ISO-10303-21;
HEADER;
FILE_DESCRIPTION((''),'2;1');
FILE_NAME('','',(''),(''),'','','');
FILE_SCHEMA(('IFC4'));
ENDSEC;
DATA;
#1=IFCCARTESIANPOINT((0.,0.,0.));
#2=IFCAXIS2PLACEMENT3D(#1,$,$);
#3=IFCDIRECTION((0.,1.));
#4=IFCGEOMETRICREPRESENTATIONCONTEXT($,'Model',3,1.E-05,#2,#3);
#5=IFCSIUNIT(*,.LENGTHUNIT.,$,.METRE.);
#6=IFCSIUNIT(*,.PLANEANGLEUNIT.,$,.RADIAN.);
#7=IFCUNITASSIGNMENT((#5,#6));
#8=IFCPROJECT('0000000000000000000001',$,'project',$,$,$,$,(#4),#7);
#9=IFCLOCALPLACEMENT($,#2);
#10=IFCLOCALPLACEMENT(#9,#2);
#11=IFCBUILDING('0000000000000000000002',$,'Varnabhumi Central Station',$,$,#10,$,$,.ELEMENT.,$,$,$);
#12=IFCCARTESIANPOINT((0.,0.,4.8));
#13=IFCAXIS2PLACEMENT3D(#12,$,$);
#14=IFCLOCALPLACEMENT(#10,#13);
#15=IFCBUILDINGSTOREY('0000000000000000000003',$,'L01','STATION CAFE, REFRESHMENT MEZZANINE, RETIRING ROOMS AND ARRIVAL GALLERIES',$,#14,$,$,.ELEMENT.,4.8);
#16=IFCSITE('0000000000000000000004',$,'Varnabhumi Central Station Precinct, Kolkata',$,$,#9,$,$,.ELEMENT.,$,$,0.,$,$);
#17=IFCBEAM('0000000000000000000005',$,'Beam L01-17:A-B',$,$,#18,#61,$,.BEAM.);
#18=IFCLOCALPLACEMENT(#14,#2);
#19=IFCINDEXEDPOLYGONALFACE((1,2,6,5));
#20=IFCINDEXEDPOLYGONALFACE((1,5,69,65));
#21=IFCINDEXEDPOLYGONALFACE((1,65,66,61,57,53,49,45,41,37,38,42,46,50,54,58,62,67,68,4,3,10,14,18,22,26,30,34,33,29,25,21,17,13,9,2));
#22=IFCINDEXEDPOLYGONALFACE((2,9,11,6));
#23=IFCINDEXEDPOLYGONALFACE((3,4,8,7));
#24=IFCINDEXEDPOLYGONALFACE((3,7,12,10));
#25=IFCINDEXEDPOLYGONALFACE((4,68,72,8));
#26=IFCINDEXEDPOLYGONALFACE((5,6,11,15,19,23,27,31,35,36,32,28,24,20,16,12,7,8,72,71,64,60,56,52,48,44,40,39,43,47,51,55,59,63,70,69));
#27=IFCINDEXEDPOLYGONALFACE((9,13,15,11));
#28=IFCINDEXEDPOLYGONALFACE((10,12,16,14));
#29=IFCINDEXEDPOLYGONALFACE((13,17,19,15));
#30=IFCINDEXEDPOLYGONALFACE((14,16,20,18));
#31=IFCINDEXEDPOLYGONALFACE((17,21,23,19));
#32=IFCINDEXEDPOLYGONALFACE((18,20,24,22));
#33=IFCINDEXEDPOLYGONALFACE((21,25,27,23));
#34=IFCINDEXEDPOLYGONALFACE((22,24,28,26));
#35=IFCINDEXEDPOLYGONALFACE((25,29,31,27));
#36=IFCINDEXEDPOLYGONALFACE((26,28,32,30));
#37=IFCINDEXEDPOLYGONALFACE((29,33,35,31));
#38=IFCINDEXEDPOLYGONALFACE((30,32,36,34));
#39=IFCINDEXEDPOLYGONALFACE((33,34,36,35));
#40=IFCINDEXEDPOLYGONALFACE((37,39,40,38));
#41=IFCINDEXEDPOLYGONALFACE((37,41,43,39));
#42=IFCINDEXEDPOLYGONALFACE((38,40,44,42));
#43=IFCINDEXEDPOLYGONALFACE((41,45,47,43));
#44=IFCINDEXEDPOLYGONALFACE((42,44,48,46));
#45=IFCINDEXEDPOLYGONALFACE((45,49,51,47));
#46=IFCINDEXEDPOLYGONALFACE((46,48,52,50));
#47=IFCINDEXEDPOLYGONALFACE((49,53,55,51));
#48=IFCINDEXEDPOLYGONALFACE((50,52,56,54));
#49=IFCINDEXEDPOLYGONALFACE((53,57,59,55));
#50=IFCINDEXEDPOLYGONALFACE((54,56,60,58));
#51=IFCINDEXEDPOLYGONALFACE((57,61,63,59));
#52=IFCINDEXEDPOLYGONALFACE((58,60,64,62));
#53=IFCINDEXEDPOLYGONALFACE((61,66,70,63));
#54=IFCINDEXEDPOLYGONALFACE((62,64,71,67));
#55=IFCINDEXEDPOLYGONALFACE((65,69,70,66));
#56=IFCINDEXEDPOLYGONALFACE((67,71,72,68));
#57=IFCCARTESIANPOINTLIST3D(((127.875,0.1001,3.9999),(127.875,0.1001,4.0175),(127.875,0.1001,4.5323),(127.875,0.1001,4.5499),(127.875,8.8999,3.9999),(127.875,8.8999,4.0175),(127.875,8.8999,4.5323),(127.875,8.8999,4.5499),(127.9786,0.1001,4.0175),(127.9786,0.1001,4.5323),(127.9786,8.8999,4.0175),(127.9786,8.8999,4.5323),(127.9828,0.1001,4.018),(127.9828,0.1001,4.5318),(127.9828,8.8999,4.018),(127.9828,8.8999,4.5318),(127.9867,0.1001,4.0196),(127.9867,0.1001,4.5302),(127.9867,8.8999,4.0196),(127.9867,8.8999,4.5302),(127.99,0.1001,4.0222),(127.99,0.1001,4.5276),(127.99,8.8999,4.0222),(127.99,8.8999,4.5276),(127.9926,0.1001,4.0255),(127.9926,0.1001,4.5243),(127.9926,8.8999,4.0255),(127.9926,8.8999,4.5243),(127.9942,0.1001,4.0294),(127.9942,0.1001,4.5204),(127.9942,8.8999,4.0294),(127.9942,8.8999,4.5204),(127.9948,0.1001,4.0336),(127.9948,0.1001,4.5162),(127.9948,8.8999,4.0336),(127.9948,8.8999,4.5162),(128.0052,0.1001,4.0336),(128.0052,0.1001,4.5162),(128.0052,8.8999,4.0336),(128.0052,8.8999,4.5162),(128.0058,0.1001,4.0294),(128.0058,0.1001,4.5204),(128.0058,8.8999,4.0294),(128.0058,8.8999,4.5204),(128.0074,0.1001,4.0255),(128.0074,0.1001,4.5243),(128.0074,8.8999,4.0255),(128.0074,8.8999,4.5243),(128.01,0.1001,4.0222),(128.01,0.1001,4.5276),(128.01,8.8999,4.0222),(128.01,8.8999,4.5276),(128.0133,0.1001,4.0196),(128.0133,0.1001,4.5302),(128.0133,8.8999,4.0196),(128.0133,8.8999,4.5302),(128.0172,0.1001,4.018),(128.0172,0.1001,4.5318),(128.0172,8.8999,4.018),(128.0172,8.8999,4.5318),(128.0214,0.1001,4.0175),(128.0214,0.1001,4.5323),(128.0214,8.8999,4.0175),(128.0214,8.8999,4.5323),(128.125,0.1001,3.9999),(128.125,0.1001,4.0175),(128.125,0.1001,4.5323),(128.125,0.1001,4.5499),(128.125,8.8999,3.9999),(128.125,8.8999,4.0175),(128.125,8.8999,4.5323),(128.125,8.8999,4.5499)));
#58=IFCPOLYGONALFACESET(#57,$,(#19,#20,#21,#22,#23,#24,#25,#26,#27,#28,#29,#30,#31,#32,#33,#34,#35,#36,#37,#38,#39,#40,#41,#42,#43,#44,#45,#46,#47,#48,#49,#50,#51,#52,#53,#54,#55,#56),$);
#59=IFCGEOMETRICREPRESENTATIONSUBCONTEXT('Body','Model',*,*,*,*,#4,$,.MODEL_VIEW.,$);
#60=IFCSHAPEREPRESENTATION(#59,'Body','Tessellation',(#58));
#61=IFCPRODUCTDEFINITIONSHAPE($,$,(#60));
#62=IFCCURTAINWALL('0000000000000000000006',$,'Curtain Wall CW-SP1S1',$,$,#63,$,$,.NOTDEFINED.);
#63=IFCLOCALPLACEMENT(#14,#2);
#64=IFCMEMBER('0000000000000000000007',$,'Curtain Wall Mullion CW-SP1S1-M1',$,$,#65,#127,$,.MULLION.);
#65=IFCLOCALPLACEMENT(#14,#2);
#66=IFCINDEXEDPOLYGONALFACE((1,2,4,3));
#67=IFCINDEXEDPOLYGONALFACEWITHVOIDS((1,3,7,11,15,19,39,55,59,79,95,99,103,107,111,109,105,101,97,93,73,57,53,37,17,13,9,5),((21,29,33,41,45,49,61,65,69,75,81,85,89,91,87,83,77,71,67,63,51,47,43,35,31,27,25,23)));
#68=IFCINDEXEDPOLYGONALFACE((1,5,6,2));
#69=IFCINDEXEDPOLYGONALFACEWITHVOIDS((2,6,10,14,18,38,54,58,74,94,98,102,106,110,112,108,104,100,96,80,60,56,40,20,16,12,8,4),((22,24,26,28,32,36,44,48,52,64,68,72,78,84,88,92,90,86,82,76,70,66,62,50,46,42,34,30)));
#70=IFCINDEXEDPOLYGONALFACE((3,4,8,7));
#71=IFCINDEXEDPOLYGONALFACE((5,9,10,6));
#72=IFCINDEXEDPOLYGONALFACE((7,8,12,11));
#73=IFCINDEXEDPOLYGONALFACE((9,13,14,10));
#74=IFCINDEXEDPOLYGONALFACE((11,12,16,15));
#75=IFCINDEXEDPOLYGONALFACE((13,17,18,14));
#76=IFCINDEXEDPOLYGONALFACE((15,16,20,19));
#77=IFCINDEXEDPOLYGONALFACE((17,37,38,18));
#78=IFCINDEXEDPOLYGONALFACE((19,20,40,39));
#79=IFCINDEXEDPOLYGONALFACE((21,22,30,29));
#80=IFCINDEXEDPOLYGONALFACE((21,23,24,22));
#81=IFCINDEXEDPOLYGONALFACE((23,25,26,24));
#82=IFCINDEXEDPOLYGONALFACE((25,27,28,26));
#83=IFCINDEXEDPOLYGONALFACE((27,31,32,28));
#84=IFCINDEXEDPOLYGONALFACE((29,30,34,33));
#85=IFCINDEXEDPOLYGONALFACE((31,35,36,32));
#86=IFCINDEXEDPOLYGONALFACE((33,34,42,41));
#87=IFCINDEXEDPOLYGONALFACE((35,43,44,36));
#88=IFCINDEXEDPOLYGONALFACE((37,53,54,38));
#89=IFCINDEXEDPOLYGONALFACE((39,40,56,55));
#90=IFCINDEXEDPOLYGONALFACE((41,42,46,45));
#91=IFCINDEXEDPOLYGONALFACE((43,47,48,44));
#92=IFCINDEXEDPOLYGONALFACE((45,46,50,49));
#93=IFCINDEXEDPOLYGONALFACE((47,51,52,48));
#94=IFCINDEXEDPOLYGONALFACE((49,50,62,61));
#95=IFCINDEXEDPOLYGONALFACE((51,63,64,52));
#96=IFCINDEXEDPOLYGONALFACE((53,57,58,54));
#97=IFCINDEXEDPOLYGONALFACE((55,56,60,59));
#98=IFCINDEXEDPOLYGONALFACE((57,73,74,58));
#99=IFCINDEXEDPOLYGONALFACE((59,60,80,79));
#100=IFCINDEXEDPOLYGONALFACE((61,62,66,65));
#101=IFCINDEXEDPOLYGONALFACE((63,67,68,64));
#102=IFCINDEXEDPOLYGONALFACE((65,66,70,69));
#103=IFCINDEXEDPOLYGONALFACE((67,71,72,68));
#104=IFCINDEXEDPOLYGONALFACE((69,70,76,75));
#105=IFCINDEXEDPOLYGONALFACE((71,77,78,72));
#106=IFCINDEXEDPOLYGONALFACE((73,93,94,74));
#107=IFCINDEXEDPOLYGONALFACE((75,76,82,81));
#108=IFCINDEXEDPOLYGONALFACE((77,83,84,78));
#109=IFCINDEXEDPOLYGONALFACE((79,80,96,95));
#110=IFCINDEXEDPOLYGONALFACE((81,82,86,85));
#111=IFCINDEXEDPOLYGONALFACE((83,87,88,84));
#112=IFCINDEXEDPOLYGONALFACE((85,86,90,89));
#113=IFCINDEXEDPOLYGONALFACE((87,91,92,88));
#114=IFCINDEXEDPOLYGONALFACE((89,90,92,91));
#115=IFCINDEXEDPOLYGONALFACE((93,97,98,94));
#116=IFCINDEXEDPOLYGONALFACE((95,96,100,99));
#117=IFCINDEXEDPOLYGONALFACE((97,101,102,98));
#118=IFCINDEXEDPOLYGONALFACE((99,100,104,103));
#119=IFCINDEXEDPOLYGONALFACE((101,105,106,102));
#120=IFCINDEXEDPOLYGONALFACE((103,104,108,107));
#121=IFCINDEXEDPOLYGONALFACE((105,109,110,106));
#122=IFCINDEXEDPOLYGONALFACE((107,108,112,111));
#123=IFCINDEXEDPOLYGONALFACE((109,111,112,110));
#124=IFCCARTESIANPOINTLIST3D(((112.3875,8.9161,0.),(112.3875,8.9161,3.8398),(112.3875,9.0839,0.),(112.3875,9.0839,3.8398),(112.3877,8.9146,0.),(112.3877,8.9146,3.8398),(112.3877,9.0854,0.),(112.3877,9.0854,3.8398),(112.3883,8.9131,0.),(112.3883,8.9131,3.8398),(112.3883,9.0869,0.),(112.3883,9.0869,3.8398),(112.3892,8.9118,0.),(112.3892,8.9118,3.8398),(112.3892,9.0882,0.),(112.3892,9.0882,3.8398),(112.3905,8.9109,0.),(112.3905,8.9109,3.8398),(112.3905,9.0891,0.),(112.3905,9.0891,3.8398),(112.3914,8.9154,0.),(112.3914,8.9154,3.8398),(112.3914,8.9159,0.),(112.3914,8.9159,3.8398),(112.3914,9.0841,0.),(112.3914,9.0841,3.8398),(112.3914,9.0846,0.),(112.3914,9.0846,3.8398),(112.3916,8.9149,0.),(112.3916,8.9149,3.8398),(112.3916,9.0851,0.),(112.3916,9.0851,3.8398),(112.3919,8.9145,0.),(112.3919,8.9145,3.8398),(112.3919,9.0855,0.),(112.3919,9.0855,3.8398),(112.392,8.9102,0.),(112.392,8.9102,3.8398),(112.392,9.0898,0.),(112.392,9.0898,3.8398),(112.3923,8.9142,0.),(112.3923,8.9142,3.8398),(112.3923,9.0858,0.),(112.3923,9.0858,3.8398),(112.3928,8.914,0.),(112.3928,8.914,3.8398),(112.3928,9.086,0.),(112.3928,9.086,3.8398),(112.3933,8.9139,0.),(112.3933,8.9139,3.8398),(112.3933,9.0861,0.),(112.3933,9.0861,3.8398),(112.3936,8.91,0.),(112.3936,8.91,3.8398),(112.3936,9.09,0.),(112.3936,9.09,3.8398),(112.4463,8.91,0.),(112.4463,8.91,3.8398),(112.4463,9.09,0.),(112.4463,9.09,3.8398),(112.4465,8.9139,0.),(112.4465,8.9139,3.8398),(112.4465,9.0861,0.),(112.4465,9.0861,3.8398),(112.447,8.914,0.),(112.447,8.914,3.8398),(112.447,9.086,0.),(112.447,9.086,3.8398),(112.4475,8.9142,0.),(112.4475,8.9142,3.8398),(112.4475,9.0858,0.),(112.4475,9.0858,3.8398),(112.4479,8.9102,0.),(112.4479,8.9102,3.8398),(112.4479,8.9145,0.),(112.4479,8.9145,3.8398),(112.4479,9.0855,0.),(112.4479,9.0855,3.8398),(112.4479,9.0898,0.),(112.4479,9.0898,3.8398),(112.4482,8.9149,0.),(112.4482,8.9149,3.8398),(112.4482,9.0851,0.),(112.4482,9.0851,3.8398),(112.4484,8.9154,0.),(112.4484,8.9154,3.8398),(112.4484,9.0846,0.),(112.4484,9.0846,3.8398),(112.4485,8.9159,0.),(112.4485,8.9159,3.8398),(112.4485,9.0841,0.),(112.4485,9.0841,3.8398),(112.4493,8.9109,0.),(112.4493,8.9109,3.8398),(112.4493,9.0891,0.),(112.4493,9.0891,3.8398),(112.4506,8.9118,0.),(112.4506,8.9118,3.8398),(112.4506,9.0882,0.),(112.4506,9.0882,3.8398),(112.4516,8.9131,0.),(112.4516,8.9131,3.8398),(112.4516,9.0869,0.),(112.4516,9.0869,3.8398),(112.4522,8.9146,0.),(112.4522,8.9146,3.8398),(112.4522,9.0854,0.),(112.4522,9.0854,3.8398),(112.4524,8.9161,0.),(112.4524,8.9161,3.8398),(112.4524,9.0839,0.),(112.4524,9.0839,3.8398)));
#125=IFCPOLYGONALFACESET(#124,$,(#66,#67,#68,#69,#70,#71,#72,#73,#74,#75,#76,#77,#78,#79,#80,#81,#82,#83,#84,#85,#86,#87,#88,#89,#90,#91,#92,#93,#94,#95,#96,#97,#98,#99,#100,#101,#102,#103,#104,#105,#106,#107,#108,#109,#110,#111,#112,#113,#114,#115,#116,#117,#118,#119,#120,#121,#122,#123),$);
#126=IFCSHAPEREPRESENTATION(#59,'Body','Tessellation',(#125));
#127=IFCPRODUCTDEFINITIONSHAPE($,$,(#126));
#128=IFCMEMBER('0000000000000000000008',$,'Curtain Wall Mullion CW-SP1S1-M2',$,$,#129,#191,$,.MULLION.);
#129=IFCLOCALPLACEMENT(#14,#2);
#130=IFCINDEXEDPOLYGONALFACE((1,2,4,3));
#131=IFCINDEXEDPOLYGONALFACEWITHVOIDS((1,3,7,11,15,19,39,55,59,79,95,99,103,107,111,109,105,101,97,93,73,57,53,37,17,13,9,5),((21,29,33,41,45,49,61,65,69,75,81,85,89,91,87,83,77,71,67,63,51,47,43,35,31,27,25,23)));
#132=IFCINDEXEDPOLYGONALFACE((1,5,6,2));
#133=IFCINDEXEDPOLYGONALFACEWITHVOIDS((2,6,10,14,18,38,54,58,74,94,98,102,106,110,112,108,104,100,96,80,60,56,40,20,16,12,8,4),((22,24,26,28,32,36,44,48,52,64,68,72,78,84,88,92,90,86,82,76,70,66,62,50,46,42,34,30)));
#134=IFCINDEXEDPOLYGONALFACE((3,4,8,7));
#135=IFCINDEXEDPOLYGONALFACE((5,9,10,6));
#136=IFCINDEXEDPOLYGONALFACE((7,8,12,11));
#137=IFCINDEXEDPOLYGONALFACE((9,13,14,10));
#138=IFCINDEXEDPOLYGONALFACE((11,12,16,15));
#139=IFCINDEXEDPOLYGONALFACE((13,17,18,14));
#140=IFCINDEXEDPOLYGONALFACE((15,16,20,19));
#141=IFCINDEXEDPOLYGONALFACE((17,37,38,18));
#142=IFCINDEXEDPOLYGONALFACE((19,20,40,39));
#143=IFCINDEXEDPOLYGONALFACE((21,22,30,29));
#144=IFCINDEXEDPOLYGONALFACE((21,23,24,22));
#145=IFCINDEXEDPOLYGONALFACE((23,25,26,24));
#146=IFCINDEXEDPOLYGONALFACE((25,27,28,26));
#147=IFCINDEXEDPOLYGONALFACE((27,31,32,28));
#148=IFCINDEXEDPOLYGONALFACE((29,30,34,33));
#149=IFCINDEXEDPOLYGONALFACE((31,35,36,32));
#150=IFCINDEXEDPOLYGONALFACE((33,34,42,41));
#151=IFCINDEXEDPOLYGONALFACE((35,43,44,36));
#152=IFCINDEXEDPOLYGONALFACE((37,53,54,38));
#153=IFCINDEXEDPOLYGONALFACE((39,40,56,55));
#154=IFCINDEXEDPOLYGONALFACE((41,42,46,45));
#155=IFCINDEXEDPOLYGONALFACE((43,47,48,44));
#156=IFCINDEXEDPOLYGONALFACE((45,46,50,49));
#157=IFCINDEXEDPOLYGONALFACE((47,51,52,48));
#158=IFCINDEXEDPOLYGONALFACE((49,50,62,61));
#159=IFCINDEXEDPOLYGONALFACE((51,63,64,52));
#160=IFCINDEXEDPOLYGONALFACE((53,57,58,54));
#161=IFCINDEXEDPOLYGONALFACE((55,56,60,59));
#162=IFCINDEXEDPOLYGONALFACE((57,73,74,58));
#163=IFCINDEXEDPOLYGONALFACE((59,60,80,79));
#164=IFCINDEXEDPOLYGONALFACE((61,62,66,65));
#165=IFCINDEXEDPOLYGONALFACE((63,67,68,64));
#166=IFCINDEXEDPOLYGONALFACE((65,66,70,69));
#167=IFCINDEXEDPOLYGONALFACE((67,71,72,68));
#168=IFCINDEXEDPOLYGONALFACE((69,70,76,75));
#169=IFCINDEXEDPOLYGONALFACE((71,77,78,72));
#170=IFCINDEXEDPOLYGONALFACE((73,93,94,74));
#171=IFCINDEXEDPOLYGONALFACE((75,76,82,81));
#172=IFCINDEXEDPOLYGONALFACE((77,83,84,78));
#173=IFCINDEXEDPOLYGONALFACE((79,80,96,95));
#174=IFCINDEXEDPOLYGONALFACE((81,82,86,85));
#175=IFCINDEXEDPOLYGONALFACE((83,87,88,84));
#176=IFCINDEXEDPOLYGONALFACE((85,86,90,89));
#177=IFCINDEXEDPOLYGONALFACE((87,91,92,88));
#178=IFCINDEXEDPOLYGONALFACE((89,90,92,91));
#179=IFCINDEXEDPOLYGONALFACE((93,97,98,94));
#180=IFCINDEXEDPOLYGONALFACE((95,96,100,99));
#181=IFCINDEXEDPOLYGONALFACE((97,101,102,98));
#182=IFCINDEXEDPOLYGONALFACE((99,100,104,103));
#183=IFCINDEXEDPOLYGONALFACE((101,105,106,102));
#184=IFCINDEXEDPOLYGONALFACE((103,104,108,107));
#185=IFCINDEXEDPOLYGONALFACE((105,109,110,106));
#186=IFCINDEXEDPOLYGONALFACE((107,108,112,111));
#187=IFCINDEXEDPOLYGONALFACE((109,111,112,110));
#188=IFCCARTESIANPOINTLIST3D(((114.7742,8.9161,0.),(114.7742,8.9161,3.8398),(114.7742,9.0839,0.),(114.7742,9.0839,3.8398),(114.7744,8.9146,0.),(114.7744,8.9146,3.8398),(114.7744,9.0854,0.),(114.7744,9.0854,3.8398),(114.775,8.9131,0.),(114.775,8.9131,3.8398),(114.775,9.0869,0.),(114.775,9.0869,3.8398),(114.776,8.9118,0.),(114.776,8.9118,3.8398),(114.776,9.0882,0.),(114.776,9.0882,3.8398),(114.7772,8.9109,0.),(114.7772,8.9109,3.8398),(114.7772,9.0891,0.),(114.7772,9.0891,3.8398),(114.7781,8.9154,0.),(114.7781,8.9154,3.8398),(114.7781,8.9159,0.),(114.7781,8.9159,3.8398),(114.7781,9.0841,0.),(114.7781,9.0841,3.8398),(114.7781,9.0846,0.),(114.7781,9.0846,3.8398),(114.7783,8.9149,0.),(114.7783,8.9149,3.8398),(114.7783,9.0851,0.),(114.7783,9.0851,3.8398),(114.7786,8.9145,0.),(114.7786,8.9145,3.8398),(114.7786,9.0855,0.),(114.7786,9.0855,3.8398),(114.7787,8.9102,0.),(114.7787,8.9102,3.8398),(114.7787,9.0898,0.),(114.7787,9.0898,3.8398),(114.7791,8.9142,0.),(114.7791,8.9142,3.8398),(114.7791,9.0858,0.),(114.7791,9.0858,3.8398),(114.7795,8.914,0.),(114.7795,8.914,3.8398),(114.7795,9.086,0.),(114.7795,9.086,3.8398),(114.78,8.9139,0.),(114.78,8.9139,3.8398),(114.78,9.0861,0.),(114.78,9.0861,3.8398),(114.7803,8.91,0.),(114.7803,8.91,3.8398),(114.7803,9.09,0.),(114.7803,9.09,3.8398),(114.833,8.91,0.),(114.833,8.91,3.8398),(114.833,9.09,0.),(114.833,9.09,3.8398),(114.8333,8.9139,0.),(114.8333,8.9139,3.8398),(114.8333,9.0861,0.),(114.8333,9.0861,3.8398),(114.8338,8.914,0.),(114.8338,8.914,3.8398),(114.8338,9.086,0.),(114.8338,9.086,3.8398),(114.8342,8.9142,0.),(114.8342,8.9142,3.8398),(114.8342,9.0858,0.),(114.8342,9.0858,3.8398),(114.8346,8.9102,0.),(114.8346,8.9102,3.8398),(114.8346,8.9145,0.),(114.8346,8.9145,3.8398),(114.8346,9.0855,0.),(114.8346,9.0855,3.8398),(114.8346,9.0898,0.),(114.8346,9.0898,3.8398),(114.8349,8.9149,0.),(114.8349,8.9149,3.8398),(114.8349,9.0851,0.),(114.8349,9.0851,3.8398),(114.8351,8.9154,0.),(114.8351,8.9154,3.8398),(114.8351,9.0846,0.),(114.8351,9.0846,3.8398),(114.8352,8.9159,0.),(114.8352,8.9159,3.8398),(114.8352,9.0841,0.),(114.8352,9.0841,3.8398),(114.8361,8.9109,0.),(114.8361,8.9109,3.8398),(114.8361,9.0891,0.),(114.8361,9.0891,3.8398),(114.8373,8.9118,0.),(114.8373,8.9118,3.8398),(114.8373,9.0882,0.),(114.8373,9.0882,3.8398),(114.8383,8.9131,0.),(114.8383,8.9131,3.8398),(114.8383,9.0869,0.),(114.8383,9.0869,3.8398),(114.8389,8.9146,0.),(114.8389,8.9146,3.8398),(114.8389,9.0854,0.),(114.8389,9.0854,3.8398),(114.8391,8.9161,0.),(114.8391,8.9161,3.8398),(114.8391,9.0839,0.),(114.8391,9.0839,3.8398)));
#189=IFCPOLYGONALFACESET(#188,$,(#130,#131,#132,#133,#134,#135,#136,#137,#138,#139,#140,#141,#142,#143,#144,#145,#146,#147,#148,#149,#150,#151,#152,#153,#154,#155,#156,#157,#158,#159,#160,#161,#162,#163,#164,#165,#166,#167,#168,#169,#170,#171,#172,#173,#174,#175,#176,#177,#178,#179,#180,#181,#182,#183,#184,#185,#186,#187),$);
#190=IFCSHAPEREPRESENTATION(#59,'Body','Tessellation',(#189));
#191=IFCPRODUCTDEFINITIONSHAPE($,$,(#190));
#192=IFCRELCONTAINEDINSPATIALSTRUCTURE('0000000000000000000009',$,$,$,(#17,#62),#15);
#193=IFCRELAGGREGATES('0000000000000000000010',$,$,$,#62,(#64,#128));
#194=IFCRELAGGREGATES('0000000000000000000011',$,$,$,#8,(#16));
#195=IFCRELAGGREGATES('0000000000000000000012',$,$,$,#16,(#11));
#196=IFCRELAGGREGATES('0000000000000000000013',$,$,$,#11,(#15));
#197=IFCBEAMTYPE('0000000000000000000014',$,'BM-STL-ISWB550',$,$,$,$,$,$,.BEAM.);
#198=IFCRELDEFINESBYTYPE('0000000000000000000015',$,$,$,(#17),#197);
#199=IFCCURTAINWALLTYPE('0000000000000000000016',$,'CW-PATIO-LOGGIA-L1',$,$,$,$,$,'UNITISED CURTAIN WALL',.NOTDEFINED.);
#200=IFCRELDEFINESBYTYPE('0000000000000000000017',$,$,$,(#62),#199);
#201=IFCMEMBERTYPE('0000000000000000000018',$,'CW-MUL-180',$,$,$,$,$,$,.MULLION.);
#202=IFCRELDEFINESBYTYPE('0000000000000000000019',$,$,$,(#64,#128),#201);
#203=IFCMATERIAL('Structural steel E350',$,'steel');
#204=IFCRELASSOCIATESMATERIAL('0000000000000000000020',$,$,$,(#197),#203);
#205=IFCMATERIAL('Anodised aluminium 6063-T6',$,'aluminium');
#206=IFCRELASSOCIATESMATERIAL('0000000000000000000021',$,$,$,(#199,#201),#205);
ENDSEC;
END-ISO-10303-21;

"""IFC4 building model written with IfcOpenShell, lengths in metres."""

from ifc_helpers import new_model, si_unit, direction, frame, origin, origin_2d, place, context, subcontext, project, spatial, hollow_rectangle, i_section, extrude, material, material_profile, profile_set, type_object, element, aggregate, save


model = new_model("IFC4")

# Units and contexts
model_context = context("Model", 3, precision=1e-05, world=origin(), true_north=direction((0.0, 1.0)))
body_context = subcontext(model_context, "Body", "Model", "MODEL_VIEW")
ifc_project = project(units=[si_unit("LENGTHUNIT", "METRE"), si_unit("PLANEANGLEUNIT", "RADIAN")], contexts=[model_context])

# Site, building, storey
site_placement = place(None, origin())
site = spatial("IfcSite", under=ifc_project, at=site_placement, Name="Varnabhumi Central Station Precinct, Kolkata", CompositionType="ELEMENT", RefElevation=0.0)
building_placement = place(site_placement, origin())
building = spatial("IfcBuilding", under=site, at=building_placement, Name="Varnabhumi Central Station", CompositionType="ELEMENT")
storey_placement = place(building_placement, frame((0.0, 0.0, 4.8)))
storey = spatial("IfcBuildingStorey", under=building, at=storey_placement, Name="L01", Description="STATION CAFE, REFRESHMENT MEZZANINE, RETIRING ROOMS AND ARRIVAL GALLERIES", CompositionType="ELEMENT", Elevation=4.8)

# Beam
ifc_material_1 = material(Name="Structural steel E350", Category="steel")
ifc_material_profile_1 = material_profile(ifc_material_1, i_section(OverallWidth=0.25, OverallDepth=0.55, WebThickness=0.0105, FlangeThickness=0.0176, FilletRadius=0.0161, at=origin_2d()), Name="Structural steel E350", Category="steel")
ifc_profile_set_1 = profile_set([ifc_material_profile_1], Name="Structural steel E350")
beam_type_1 = type_object("IfcBeamType", Name="BM-STL-ISWB550", PredefinedType="BEAM", material=ifc_profile_set_1)
for number, where, z_axis, x_axis, name in (
    (1, (128.0, 0.1001, 4.2749), (0.0, 1.0, 0.0), (-1.0, 0.0, 0.0), "Beam L01-17:A-B"),
):
    element("IfcBeam", number, at=place(storey_placement, frame(where, z_axis=z_axis, x_axis=x_axis)), inside=storey, type_object=beam_type_1, Name=name, PredefinedType="BEAM", context=body_context, shape_type="SweptSolid", body=[
        extrude(i_section(OverallWidth=0.25, OverallDepth=0.55, WebThickness=0.0105, FlangeThickness=0.0176, FilletRadius=0.0161, at=origin_2d()), origin(), (0.0, 0.0, 1.0), 8.7998),
    ])

# Curtain wall, members
ifc_material_2 = material(Name="Anodised aluminium 6063-T6", Category="aluminium")
curtain_wall_type = type_object("IfcCurtainWallType", Name="CW-PATIO-LOGGIA-L1", ElementType="UNITISED CURTAIN WALL", PredefinedType="NOTDEFINED", material=ifc_material_2)
curtain_wall_placement = place(storey_placement, origin())
curtain_wall = element("IfcCurtainWall", 2, at=curtain_wall_placement, inside=storey, type_object=curtain_wall_type, Name="Curtain Wall CW-SP1S1", PredefinedType="NOTDEFINED")
ifc_material_profile_2 = material_profile(ifc_material_2, hollow_rectangle(XDim=0.0649, YDim=0.1799, WallThickness=0.0039, InnerFilletRadius=0.002, OuterFilletRadius=0.0061, at=origin_2d()), Name="Anodised aluminium 6063-T6", Category="aluminium")
ifc_profile_set_2 = profile_set([ifc_material_profile_2], Name="Anodised aluminium 6063-T6")
member_type_1 = type_object("IfcMemberType", Name="CW-MUL-180", PredefinedType="MULLION", material=ifc_profile_set_2)
member_1_placement = place(storey_placement, frame((112.4199, 9.0, 0.0), z_axis=(0.0, 0.0, 1.0), x_axis=(1.0, 0.0, 0.0)))
member_1 = element("IfcMember", 3, at=member_1_placement, type_object=member_type_1, Name="Curtain Wall Mullion CW-SP1S1-M1", PredefinedType="MULLION", context=body_context, shape_type="SweptSolid", body=[
    extrude(hollow_rectangle(XDim=0.0649, YDim=0.1799, WallThickness=0.0039, InnerFilletRadius=0.002, OuterFilletRadius=0.0061, at=origin_2d()), origin(), (0.0, 0.0, 1.0), 3.8398),
])
member_2_placement = place(storey_placement, frame((114.8066, 9.0, 0.0), z_axis=(0.0, 0.0, 1.0), x_axis=(1.0, 0.0, 0.0)))
member_2 = element("IfcMember", 4, at=member_2_placement, type_object=member_type_1, Name="Curtain Wall Mullion CW-SP1S1-M2", PredefinedType="MULLION", context=body_context, shape_type="SweptSolid", body=[
    extrude(hollow_rectangle(XDim=0.0649, YDim=0.1799, WallThickness=0.0039, InnerFilletRadius=0.002, OuterFilletRadius=0.0061, at=origin_2d()), origin(), (0.0, 0.0, 1.0), 3.8398),
])

aggregate(curtain_wall, [member_1, member_2])

save(model, "model.ifc")
